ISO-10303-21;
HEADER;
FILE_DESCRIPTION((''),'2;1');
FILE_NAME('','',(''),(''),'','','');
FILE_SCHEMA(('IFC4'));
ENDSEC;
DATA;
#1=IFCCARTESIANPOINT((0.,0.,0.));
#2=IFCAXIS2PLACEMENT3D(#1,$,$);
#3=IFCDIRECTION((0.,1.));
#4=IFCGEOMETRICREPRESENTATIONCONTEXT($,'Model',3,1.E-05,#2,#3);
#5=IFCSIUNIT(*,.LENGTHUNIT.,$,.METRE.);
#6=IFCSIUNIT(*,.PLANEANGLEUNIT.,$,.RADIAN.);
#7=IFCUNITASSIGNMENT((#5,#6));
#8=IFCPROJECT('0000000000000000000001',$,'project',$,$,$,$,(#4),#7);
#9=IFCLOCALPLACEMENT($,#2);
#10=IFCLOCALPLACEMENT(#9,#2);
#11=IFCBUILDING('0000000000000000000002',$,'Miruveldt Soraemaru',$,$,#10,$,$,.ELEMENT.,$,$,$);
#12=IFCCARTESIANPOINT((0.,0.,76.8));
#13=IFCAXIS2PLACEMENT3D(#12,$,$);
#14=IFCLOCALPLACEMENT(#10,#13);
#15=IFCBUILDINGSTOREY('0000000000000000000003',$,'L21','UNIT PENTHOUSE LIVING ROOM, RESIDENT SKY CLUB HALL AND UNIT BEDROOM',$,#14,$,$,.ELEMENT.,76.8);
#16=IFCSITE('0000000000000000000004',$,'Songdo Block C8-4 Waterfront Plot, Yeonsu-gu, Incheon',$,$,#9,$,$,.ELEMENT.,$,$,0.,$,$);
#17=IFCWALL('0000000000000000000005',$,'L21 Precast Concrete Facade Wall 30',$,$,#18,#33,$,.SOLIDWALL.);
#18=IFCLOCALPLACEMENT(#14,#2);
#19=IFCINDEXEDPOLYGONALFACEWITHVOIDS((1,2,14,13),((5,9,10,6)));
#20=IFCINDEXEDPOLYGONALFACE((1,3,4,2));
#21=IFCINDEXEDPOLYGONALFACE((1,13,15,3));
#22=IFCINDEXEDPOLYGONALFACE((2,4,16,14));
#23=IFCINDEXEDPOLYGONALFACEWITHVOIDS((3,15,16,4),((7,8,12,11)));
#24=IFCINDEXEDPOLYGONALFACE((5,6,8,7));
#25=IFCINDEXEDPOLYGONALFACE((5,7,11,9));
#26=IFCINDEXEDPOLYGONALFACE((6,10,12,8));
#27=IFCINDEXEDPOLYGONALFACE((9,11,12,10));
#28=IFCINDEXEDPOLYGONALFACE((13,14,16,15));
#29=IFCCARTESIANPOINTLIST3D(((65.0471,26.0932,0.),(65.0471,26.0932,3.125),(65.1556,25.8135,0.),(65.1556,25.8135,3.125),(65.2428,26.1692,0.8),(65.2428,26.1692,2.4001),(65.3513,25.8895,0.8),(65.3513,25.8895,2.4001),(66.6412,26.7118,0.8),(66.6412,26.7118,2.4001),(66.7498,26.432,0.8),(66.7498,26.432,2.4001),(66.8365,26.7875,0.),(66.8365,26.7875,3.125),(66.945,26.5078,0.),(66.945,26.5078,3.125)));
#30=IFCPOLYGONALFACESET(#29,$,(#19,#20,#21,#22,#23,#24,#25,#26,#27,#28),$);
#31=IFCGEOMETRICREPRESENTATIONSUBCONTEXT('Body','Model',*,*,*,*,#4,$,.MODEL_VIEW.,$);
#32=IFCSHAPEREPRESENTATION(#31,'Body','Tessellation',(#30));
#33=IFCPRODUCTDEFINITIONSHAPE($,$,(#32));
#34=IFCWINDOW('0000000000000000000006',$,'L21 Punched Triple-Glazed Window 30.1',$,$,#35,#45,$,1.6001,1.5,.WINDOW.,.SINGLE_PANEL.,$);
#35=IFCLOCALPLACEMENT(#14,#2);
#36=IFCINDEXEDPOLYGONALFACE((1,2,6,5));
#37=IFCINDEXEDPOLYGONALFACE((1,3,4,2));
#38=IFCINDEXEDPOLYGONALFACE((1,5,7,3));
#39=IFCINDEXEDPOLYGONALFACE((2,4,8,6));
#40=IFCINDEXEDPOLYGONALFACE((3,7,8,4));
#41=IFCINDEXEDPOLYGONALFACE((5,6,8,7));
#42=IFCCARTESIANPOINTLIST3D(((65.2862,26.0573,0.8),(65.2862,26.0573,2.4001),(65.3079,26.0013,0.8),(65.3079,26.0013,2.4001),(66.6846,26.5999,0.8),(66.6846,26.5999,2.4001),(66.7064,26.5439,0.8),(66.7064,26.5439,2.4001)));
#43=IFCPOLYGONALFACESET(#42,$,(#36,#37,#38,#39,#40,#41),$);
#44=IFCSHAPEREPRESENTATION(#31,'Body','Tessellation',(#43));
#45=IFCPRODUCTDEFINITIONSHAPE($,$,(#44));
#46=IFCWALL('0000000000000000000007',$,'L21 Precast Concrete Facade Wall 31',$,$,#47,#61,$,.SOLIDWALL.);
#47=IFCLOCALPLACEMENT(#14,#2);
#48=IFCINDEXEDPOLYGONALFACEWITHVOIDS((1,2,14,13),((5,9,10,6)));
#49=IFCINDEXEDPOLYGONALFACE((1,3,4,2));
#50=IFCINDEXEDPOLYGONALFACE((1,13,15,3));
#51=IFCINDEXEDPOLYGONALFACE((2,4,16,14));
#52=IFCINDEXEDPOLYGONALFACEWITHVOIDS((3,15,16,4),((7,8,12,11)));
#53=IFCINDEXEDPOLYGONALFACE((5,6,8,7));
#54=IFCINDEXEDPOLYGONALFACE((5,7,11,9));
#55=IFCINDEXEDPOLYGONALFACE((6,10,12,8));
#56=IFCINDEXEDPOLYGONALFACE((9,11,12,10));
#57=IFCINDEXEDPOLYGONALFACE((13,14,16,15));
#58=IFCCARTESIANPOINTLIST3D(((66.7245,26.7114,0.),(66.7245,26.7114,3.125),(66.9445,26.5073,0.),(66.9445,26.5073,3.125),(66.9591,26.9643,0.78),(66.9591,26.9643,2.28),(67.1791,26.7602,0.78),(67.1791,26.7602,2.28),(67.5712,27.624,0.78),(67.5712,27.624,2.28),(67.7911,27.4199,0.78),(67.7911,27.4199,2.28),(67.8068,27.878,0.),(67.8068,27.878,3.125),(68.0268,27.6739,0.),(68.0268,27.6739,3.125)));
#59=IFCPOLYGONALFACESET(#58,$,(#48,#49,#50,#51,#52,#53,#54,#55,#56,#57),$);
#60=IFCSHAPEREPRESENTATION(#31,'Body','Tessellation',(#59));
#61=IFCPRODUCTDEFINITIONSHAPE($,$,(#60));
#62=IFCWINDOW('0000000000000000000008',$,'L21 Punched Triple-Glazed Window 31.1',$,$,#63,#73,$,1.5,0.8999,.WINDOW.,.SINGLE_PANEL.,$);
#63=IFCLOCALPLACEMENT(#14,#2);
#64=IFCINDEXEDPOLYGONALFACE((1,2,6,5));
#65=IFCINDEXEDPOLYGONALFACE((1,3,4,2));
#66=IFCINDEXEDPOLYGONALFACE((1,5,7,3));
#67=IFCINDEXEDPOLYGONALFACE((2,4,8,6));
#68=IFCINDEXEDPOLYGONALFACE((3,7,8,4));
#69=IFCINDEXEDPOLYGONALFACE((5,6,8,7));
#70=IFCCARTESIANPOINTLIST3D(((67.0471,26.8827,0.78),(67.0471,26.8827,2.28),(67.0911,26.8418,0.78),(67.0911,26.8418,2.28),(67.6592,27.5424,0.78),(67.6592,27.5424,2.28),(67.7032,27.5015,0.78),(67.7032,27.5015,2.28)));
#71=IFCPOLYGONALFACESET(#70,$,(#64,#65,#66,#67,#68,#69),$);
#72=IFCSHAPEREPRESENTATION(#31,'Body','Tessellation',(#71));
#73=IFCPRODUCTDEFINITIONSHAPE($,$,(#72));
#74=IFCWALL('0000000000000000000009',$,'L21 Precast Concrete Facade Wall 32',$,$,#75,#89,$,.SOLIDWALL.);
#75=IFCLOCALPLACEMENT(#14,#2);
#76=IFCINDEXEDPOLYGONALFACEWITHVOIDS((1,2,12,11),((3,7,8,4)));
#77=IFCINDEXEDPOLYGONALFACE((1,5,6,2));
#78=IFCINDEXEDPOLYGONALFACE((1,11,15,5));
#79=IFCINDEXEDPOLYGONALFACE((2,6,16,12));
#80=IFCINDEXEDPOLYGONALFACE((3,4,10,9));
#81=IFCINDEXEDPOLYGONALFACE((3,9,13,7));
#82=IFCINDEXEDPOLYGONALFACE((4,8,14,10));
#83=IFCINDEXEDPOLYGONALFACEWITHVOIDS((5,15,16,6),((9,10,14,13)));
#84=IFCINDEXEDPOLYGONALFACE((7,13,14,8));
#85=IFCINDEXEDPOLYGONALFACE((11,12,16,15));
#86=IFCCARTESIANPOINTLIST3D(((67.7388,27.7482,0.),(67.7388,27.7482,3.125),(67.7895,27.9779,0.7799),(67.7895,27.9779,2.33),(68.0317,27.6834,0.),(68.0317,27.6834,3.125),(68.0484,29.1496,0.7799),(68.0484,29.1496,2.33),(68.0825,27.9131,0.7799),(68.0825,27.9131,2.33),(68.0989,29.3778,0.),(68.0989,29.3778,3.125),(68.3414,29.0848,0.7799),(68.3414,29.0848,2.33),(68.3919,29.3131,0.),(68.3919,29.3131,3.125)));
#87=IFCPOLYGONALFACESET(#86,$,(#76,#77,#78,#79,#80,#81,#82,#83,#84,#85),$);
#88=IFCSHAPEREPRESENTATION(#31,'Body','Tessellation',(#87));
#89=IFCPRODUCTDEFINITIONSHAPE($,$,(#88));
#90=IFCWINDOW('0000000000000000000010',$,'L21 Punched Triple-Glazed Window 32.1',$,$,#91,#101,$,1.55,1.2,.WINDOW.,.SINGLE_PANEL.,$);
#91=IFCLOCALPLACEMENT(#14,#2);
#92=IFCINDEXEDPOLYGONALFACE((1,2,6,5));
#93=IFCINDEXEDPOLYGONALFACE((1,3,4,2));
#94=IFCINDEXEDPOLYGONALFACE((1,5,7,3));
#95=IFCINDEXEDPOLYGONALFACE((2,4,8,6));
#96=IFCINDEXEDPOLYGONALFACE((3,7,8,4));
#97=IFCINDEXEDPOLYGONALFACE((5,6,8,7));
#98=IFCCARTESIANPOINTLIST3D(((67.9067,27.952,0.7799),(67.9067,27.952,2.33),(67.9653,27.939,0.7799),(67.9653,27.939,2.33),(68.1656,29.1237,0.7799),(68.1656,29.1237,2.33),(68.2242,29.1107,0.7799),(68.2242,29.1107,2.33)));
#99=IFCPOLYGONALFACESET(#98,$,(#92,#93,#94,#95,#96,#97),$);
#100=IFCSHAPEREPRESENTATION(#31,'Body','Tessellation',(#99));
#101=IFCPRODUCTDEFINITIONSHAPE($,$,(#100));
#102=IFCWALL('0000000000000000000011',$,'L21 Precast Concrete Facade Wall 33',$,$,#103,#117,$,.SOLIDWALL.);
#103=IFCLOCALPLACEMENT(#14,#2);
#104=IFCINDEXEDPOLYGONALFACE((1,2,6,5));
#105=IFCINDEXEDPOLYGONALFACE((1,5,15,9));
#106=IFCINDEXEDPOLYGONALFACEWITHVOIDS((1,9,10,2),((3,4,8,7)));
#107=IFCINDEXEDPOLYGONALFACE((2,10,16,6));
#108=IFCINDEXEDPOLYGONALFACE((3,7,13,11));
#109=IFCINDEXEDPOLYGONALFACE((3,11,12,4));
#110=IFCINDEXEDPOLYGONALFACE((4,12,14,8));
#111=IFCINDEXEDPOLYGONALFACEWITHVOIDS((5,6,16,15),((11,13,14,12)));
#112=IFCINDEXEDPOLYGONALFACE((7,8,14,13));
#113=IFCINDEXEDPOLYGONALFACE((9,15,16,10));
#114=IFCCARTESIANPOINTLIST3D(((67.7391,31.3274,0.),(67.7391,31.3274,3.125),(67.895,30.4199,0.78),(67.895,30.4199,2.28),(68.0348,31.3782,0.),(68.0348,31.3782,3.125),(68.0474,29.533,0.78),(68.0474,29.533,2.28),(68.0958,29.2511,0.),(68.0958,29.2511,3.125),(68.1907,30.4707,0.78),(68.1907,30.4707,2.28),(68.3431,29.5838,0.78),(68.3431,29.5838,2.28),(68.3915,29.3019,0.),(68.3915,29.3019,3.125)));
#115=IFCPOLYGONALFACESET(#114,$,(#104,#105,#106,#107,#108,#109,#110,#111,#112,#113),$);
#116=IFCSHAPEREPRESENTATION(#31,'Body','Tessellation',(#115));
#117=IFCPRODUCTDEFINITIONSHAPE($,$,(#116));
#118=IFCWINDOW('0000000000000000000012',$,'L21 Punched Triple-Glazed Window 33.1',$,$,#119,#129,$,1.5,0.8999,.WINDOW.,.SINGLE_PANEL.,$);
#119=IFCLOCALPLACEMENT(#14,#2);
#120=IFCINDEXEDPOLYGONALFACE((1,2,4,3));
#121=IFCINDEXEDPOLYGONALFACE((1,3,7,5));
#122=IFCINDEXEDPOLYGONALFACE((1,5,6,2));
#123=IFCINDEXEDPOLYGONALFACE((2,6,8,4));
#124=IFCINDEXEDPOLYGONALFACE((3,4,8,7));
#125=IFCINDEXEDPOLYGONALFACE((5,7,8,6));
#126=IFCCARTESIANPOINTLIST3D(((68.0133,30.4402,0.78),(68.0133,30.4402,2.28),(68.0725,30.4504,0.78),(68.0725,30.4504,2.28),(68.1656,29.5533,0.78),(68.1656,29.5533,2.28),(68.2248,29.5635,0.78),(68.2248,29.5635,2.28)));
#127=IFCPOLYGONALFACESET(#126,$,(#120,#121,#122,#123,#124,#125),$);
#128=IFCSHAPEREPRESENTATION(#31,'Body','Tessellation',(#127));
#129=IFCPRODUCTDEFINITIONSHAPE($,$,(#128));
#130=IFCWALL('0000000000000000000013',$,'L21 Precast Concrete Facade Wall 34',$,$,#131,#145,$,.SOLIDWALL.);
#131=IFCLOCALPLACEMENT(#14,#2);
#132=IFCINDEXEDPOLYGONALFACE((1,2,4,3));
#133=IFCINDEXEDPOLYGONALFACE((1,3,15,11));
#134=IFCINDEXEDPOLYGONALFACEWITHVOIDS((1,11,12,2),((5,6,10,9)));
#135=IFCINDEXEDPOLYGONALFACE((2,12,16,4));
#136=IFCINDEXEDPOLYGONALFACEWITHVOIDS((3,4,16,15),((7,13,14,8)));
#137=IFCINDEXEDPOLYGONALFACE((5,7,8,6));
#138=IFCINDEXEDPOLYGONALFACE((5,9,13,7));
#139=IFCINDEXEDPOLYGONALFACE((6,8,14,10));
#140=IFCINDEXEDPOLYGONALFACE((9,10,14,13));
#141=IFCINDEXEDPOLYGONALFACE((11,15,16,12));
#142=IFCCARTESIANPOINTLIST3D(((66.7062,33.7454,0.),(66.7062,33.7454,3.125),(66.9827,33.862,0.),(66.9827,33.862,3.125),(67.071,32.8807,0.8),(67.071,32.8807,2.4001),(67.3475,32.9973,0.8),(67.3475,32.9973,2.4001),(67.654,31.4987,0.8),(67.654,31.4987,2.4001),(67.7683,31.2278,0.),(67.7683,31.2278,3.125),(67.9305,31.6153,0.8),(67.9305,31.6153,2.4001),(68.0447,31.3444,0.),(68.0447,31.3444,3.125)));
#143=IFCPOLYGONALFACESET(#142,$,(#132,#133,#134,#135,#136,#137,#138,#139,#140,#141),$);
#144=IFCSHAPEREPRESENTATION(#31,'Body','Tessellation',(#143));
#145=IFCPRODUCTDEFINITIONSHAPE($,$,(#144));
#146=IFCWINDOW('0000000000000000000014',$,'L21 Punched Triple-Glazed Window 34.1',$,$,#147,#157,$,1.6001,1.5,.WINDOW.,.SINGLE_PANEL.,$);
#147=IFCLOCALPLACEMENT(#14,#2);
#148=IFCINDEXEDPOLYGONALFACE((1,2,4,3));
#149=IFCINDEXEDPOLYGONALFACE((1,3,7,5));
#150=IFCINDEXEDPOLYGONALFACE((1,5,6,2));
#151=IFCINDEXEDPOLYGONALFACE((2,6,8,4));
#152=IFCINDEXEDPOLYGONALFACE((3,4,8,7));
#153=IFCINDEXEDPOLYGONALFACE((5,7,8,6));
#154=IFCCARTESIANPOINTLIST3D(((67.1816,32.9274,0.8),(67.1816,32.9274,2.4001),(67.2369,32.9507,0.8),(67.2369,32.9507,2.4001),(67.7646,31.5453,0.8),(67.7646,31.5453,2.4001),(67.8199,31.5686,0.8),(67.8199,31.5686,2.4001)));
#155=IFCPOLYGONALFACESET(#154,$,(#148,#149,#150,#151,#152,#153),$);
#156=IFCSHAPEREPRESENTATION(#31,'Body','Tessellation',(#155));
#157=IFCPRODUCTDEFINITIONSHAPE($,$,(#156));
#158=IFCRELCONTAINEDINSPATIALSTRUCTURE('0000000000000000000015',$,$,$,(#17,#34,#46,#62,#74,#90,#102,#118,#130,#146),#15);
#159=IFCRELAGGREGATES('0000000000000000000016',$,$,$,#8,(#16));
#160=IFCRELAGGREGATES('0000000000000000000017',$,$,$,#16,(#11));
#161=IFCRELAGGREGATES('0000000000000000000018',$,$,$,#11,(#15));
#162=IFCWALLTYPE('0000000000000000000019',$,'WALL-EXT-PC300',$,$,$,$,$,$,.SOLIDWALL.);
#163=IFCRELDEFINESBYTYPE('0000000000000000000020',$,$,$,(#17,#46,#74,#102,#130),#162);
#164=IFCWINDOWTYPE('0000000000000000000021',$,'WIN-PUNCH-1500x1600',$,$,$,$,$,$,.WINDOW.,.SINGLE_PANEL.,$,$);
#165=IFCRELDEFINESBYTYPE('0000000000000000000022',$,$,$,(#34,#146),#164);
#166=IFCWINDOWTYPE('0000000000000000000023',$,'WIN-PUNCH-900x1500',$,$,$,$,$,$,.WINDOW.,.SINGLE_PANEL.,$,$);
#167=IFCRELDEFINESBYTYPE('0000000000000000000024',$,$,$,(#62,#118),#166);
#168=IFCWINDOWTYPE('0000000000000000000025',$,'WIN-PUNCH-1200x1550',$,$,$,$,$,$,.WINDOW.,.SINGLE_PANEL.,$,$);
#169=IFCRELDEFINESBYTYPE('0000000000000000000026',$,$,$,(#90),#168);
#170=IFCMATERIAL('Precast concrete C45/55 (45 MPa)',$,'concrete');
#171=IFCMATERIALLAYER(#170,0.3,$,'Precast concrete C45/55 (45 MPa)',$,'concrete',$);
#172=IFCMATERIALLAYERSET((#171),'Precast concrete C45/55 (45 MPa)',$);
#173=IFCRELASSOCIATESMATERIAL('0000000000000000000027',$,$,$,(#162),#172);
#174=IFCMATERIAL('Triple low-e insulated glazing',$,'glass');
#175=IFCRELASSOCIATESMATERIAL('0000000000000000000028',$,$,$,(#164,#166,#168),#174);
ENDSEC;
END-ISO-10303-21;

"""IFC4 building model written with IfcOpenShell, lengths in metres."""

from ifc_helpers import new_model, si_unit, direction, frame, frame_2d, origin, place, context, subcontext, project, spatial, rectangle, extrude, material, layer, layer_set, type_object, element, fill, save


model = new_model("IFC4")

# Units and contexts
model_context = context("Model", 3, precision=1e-05, world=origin(), true_north=direction((0.0, 1.0)))
body_context = subcontext(model_context, "Body", "Model", "MODEL_VIEW")
ifc_project = project(units=[si_unit("LENGTHUNIT", "METRE"), si_unit("PLANEANGLEUNIT", "RADIAN")], contexts=[model_context])

# Site, building, storey
site_placement = place(None, origin())
site = spatial("IfcSite", under=ifc_project, at=site_placement, Name="Songdo Block C8-4 Waterfront Plot, Yeonsu-gu, Incheon", CompositionType="ELEMENT", RefElevation=0.0)
building_placement = place(site_placement, origin())
building = spatial("IfcBuilding", under=site, at=building_placement, Name="Miruveldt Soraemaru", CompositionType="ELEMENT")
storey_placement = place(building_placement, frame((0.0, 0.0, 76.8)))
storey = spatial("IfcBuildingStorey", under=building, at=storey_placement, Name="L21", Description="UNIT PENTHOUSE LIVING ROOM, RESIDENT SKY CLUB HALL AND UNIT BEDROOM", CompositionType="ELEMENT", Elevation=76.8)

# Walls, openings, windows
ifc_material_1 = material(Name="Precast concrete C45/55 (45 MPa)", Category="concrete")
ifc_layer_1 = layer(ifc_material_1, 0.3, Name="Precast concrete C45/55 (45 MPa)", Category="concrete")
ifc_layer_set_1 = layer_set([ifc_layer_1], Name="Precast concrete C45/55 (45 MPa)")
wall_type_1 = type_object("IfcWallType", Name="WALL-EXT-PC300", PredefinedType="SOLIDWALL", material=ifc_layer_set_1)
wall_1_placement = place(storey_placement, frame((65.1013, 25.9534, 0.0), z_axis=(0.0, 0.0, 1.0), x_axis=(0.932286, 0.361722, 0.0)))
wall_1 = element("IfcWall", 1, at=wall_1_placement, inside=storey, type_object=wall_type_1, Name="L21 Precast Concrete Facade Wall 30", PredefinedType="SOLIDWALL", context=body_context, shape_type="SweptSolid", body=[
    extrude(rectangle(XDim=1.9194, YDim=0.3, at=frame_2d((0.9597, 0.0))), origin(), (0.0, 0.0, 1.0), 3.125),
])
opening_1_placement = place(wall_1_placement, frame((0.21, 0.0, 0.8)))
opening_1 = element("IfcOpeningElement", 2, at=opening_1_placement, cuts=wall_1, PredefinedType="OPENING", context=body_context, shape_type="SweptSolid", body=[
    extrude(rectangle(XDim=1.5, YDim=1.6001, at=frame_2d((0.75, 0.8))), frame((0.0, 0.1602, 0.0), z_axis=(0.0, -1.0, 0.0), x_axis=(1.0, 0.0, 0.0)), (0.0, 0.0, 1.0), 0.3201),
])
ifc_material_2 = material(Name="Triple low-e insulated glazing", Category="glass")
window_type_1 = type_object("IfcWindowType", Name="WIN-PUNCH-1500x1600", PartitioningType="SINGLE_PANEL", PredefinedType="WINDOW", material=ifc_material_2)
window_1_placement = place(opening_1_placement, origin())
window_1 = element("IfcWindow", 3, at=window_1_placement, inside=storey, type_object=window_type_1, Name="L21 Punched Triple-Glazed Window 30.1", OverallHeight=1.6001, OverallWidth=1.5, PartitioningType="SINGLE_PANEL", PredefinedType="WINDOW", context=body_context, shape_type="SweptSolid", body=[
    extrude(rectangle(XDim=1.5, YDim=1.6001, at=frame_2d((0.75, 0.8))), frame((0.0, 0.03, 0.0), z_axis=(0.0, -1.0, 0.0), x_axis=(1.0, 0.0, 0.0)), (0.0, 0.0, 1.0), 0.0601),
])
fill(opening_1, window_1)
wall_2_placement = place(storey_placement, frame((66.8345, 26.6094, 0.0), z_axis=(0.0, 0.0, 1.0), x_axis=(0.680145, 0.733078, 0.0)))
wall_2 = element("IfcWall", 4, at=wall_2_placement, inside=storey, type_object=wall_type_1, Name="L21 Precast Concrete Facade Wall 31", PredefinedType="SOLIDWALL", context=body_context, shape_type="SweptSolid", body=[
    extrude(rectangle(XDim=1.5913, YDim=0.3, at=frame_2d((0.7957, 0.0))), origin(), (0.0, 0.0, 1.0), 3.125),
])
opening_2_placement = place(wall_2_placement, frame((0.345, 0.0, 0.78)))
opening_2 = element("IfcOpeningElement", 5, at=opening_2_placement, cuts=wall_2, PredefinedType="OPENING", context=body_context, shape_type="SweptSolid", body=[
    extrude(rectangle(XDim=0.8999, YDim=1.5, at=frame_2d((0.45, 0.75))), frame((0.0, 0.1602, 0.0), z_axis=(0.0, -1.0, 0.0), x_axis=(1.0, 0.0, 0.0)), (0.0, 0.0, 1.0), 0.3201),
])
window_type_2 = type_object("IfcWindowType", Name="WIN-PUNCH-900x1500", PartitioningType="SINGLE_PANEL", PredefinedType="WINDOW", material=ifc_material_2)
window_2_placement = place(opening_2_placement, origin())
window_2 = element("IfcWindow", 6, at=window_2_placement, inside=storey, type_object=window_type_2, Name="L21 Punched Triple-Glazed Window 31.1", OverallHeight=1.5, OverallWidth=0.8999, PartitioningType="SINGLE_PANEL", PredefinedType="WINDOW", context=body_context, shape_type="SweptSolid", body=[
    extrude(rectangle(XDim=0.8999, YDim=1.5, at=frame_2d((0.45, 0.75))), frame((0.0, 0.03, 0.0), z_axis=(0.0, -1.0, 0.0), x_axis=(1.0, 0.0, 0.0)), (0.0, 0.0, 1.0), 0.0601),
])
fill(opening_2, window_2)
wall_3_placement = place(storey_placement, frame((67.8853, 27.7158, 0.0), z_axis=(0.0, 0.0, 1.0), x_axis=(0.215769, 0.976445, 0.0)))
wall_3 = element("IfcWall", 7, at=wall_3_placement, inside=storey, type_object=wall_type_1, Name="L21 Precast Concrete Facade Wall 32", PredefinedType="SOLIDWALL", context=body_context, shape_type="SweptSolid", body=[
    extrude(rectangle(XDim=1.6689, YDim=0.3, at=frame_2d((0.8345, 0.0))), origin(), (0.0, 0.0, 1.0), 3.125),
])
opening_3_placement = place(wall_3_placement, frame((0.2351, 0.0, 0.78)))
opening_3 = element("IfcOpeningElement", 8, at=opening_3_placement, cuts=wall_3, PredefinedType="OPENING", context=body_context, shape_type="SweptSolid", body=[
    extrude(rectangle(XDim=1.2, YDim=1.55, at=frame_2d((0.6001, 0.7749))), frame((0.0, 0.1602, 0.0), z_axis=(0.0, -1.0, 0.0), x_axis=(1.0, 0.0, 0.0)), (0.0, 0.0, 1.0), 0.3201),
])
window_type_3 = type_object("IfcWindowType", Name="WIN-PUNCH-1200x1550", PartitioningType="SINGLE_PANEL", PredefinedType="WINDOW", material=ifc_material_2)
window_3_placement = place(opening_3_placement, origin())
window_3 = element("IfcWindow", 9, at=window_3_placement, inside=storey, type_object=window_type_3, Name="L21 Punched Triple-Glazed Window 32.1", OverallHeight=1.55, OverallWidth=1.2, PartitioningType="SINGLE_PANEL", PredefinedType="WINDOW", context=body_context, shape_type="SweptSolid", body=[
    extrude(rectangle(XDim=1.2, YDim=1.55, at=frame_2d((0.6001, 0.7749))), frame((0.0, 0.03, 0.0), z_axis=(0.0, -1.0, 0.0), x_axis=(1.0, 0.0, 0.0)), (0.0, 0.0, 1.0), 0.0601),
])
fill(opening_3, window_3)
wall_4_placement = place(storey_placement, frame((68.2437, 29.2766, 0.0), z_axis=(0.0, 0.0, 1.0), x_axis=(-0.169321, 0.985561, 0.0)))
wall_4 = element("IfcWall", 10, at=wall_4_placement, inside=storey, type_object=wall_type_1, Name="L21 Precast Concrete Facade Wall 33", PredefinedType="SOLIDWALL", context=body_context, shape_type="SweptSolid", body=[
    extrude(rectangle(XDim=2.1067, YDim=0.3, at=frame_2d((1.0532, 0.0))), origin(), (0.0, 0.0, 1.0), 3.125),
])
opening_4_placement = place(wall_4_placement, frame((0.2859, 0.0, 0.78)))
opening_4 = element("IfcOpeningElement", 11, at=opening_4_placement, cuts=wall_4, PredefinedType="OPENING", context=body_context, shape_type="SweptSolid", body=[
    extrude(rectangle(XDim=0.8999, YDim=1.5, at=frame_2d((0.45, 0.75))), frame((0.0, 0.1602, 0.0), z_axis=(0.0, -1.0, 0.0), x_axis=(1.0, 0.0, 0.0)), (0.0, 0.0, 1.0), 0.3201),
])
window_4_placement = place(opening_4_placement, origin())
window_4 = element("IfcWindow", 12, at=window_4_placement, inside=storey, type_object=window_type_2, Name="L21 Punched Triple-Glazed Window 33.1", OverallHeight=1.5, OverallWidth=0.8999, PartitioningType="SINGLE_PANEL", PredefinedType="WINDOW", context=body_context, shape_type="SweptSolid", body=[
    extrude(rectangle(XDim=0.8999, YDim=1.5, at=frame_2d((0.45, 0.75))), frame((0.0, 0.03, 0.0), z_axis=(0.0, -1.0, 0.0), x_axis=(1.0, 0.0, 0.0)), (0.0, 0.0, 1.0), 0.0601),
])
fill(opening_4, window_4)
wall_5_placement = place(storey_placement, frame((67.9065, 31.2861, 0.0), z_axis=(0.0, 0.0, 1.0), x_axis=(-0.388672, 0.921376, 0.0)))
wall_5 = element("IfcWall", 13, at=wall_5_placement, inside=storey, type_object=wall_type_1, Name="L21 Precast Concrete Facade Wall 34", PredefinedType="SOLIDWALL", context=body_context, shape_type="SweptSolid", body=[
    extrude(rectangle(XDim=2.7324, YDim=0.3, at=frame_2d((1.3662, 0.0))), origin(), (0.0, 0.0, 1.0), 3.125),
])
opening_5_placement = place(wall_5_placement, frame((0.2939, 0.0, 0.8)))
opening_5 = element("IfcOpeningElement", 14, at=opening_5_placement, cuts=wall_5, PredefinedType="OPENING", context=body_context, shape_type="SweptSolid", body=[
    extrude(rectangle(XDim=1.5, YDim=1.6001, at=frame_2d((0.75, 0.8))), frame((0.0, 0.1602, 0.0), z_axis=(0.0, -1.0, 0.0), x_axis=(1.0, 0.0, 0.0)), (0.0, 0.0, 1.0), 0.3201),
])
window_5_placement = place(opening_5_placement, origin())
window_5 = element("IfcWindow", 15, at=window_5_placement, inside=storey, type_object=window_type_1, Name="L21 Punched Triple-Glazed Window 34.1", OverallHeight=1.6001, OverallWidth=1.5, PartitioningType="SINGLE_PANEL", PredefinedType="WINDOW", context=body_context, shape_type="SweptSolid", body=[
    extrude(rectangle(XDim=1.5, YDim=1.6001, at=frame_2d((0.75, 0.8))), frame((0.0, 0.03, 0.0), z_axis=(0.0, -1.0, 0.0), x_axis=(1.0, 0.0, 0.0)), (0.0, 0.0, 1.0), 0.0601),
])
fill(opening_5, window_5)

save(model, "model.ifc")
